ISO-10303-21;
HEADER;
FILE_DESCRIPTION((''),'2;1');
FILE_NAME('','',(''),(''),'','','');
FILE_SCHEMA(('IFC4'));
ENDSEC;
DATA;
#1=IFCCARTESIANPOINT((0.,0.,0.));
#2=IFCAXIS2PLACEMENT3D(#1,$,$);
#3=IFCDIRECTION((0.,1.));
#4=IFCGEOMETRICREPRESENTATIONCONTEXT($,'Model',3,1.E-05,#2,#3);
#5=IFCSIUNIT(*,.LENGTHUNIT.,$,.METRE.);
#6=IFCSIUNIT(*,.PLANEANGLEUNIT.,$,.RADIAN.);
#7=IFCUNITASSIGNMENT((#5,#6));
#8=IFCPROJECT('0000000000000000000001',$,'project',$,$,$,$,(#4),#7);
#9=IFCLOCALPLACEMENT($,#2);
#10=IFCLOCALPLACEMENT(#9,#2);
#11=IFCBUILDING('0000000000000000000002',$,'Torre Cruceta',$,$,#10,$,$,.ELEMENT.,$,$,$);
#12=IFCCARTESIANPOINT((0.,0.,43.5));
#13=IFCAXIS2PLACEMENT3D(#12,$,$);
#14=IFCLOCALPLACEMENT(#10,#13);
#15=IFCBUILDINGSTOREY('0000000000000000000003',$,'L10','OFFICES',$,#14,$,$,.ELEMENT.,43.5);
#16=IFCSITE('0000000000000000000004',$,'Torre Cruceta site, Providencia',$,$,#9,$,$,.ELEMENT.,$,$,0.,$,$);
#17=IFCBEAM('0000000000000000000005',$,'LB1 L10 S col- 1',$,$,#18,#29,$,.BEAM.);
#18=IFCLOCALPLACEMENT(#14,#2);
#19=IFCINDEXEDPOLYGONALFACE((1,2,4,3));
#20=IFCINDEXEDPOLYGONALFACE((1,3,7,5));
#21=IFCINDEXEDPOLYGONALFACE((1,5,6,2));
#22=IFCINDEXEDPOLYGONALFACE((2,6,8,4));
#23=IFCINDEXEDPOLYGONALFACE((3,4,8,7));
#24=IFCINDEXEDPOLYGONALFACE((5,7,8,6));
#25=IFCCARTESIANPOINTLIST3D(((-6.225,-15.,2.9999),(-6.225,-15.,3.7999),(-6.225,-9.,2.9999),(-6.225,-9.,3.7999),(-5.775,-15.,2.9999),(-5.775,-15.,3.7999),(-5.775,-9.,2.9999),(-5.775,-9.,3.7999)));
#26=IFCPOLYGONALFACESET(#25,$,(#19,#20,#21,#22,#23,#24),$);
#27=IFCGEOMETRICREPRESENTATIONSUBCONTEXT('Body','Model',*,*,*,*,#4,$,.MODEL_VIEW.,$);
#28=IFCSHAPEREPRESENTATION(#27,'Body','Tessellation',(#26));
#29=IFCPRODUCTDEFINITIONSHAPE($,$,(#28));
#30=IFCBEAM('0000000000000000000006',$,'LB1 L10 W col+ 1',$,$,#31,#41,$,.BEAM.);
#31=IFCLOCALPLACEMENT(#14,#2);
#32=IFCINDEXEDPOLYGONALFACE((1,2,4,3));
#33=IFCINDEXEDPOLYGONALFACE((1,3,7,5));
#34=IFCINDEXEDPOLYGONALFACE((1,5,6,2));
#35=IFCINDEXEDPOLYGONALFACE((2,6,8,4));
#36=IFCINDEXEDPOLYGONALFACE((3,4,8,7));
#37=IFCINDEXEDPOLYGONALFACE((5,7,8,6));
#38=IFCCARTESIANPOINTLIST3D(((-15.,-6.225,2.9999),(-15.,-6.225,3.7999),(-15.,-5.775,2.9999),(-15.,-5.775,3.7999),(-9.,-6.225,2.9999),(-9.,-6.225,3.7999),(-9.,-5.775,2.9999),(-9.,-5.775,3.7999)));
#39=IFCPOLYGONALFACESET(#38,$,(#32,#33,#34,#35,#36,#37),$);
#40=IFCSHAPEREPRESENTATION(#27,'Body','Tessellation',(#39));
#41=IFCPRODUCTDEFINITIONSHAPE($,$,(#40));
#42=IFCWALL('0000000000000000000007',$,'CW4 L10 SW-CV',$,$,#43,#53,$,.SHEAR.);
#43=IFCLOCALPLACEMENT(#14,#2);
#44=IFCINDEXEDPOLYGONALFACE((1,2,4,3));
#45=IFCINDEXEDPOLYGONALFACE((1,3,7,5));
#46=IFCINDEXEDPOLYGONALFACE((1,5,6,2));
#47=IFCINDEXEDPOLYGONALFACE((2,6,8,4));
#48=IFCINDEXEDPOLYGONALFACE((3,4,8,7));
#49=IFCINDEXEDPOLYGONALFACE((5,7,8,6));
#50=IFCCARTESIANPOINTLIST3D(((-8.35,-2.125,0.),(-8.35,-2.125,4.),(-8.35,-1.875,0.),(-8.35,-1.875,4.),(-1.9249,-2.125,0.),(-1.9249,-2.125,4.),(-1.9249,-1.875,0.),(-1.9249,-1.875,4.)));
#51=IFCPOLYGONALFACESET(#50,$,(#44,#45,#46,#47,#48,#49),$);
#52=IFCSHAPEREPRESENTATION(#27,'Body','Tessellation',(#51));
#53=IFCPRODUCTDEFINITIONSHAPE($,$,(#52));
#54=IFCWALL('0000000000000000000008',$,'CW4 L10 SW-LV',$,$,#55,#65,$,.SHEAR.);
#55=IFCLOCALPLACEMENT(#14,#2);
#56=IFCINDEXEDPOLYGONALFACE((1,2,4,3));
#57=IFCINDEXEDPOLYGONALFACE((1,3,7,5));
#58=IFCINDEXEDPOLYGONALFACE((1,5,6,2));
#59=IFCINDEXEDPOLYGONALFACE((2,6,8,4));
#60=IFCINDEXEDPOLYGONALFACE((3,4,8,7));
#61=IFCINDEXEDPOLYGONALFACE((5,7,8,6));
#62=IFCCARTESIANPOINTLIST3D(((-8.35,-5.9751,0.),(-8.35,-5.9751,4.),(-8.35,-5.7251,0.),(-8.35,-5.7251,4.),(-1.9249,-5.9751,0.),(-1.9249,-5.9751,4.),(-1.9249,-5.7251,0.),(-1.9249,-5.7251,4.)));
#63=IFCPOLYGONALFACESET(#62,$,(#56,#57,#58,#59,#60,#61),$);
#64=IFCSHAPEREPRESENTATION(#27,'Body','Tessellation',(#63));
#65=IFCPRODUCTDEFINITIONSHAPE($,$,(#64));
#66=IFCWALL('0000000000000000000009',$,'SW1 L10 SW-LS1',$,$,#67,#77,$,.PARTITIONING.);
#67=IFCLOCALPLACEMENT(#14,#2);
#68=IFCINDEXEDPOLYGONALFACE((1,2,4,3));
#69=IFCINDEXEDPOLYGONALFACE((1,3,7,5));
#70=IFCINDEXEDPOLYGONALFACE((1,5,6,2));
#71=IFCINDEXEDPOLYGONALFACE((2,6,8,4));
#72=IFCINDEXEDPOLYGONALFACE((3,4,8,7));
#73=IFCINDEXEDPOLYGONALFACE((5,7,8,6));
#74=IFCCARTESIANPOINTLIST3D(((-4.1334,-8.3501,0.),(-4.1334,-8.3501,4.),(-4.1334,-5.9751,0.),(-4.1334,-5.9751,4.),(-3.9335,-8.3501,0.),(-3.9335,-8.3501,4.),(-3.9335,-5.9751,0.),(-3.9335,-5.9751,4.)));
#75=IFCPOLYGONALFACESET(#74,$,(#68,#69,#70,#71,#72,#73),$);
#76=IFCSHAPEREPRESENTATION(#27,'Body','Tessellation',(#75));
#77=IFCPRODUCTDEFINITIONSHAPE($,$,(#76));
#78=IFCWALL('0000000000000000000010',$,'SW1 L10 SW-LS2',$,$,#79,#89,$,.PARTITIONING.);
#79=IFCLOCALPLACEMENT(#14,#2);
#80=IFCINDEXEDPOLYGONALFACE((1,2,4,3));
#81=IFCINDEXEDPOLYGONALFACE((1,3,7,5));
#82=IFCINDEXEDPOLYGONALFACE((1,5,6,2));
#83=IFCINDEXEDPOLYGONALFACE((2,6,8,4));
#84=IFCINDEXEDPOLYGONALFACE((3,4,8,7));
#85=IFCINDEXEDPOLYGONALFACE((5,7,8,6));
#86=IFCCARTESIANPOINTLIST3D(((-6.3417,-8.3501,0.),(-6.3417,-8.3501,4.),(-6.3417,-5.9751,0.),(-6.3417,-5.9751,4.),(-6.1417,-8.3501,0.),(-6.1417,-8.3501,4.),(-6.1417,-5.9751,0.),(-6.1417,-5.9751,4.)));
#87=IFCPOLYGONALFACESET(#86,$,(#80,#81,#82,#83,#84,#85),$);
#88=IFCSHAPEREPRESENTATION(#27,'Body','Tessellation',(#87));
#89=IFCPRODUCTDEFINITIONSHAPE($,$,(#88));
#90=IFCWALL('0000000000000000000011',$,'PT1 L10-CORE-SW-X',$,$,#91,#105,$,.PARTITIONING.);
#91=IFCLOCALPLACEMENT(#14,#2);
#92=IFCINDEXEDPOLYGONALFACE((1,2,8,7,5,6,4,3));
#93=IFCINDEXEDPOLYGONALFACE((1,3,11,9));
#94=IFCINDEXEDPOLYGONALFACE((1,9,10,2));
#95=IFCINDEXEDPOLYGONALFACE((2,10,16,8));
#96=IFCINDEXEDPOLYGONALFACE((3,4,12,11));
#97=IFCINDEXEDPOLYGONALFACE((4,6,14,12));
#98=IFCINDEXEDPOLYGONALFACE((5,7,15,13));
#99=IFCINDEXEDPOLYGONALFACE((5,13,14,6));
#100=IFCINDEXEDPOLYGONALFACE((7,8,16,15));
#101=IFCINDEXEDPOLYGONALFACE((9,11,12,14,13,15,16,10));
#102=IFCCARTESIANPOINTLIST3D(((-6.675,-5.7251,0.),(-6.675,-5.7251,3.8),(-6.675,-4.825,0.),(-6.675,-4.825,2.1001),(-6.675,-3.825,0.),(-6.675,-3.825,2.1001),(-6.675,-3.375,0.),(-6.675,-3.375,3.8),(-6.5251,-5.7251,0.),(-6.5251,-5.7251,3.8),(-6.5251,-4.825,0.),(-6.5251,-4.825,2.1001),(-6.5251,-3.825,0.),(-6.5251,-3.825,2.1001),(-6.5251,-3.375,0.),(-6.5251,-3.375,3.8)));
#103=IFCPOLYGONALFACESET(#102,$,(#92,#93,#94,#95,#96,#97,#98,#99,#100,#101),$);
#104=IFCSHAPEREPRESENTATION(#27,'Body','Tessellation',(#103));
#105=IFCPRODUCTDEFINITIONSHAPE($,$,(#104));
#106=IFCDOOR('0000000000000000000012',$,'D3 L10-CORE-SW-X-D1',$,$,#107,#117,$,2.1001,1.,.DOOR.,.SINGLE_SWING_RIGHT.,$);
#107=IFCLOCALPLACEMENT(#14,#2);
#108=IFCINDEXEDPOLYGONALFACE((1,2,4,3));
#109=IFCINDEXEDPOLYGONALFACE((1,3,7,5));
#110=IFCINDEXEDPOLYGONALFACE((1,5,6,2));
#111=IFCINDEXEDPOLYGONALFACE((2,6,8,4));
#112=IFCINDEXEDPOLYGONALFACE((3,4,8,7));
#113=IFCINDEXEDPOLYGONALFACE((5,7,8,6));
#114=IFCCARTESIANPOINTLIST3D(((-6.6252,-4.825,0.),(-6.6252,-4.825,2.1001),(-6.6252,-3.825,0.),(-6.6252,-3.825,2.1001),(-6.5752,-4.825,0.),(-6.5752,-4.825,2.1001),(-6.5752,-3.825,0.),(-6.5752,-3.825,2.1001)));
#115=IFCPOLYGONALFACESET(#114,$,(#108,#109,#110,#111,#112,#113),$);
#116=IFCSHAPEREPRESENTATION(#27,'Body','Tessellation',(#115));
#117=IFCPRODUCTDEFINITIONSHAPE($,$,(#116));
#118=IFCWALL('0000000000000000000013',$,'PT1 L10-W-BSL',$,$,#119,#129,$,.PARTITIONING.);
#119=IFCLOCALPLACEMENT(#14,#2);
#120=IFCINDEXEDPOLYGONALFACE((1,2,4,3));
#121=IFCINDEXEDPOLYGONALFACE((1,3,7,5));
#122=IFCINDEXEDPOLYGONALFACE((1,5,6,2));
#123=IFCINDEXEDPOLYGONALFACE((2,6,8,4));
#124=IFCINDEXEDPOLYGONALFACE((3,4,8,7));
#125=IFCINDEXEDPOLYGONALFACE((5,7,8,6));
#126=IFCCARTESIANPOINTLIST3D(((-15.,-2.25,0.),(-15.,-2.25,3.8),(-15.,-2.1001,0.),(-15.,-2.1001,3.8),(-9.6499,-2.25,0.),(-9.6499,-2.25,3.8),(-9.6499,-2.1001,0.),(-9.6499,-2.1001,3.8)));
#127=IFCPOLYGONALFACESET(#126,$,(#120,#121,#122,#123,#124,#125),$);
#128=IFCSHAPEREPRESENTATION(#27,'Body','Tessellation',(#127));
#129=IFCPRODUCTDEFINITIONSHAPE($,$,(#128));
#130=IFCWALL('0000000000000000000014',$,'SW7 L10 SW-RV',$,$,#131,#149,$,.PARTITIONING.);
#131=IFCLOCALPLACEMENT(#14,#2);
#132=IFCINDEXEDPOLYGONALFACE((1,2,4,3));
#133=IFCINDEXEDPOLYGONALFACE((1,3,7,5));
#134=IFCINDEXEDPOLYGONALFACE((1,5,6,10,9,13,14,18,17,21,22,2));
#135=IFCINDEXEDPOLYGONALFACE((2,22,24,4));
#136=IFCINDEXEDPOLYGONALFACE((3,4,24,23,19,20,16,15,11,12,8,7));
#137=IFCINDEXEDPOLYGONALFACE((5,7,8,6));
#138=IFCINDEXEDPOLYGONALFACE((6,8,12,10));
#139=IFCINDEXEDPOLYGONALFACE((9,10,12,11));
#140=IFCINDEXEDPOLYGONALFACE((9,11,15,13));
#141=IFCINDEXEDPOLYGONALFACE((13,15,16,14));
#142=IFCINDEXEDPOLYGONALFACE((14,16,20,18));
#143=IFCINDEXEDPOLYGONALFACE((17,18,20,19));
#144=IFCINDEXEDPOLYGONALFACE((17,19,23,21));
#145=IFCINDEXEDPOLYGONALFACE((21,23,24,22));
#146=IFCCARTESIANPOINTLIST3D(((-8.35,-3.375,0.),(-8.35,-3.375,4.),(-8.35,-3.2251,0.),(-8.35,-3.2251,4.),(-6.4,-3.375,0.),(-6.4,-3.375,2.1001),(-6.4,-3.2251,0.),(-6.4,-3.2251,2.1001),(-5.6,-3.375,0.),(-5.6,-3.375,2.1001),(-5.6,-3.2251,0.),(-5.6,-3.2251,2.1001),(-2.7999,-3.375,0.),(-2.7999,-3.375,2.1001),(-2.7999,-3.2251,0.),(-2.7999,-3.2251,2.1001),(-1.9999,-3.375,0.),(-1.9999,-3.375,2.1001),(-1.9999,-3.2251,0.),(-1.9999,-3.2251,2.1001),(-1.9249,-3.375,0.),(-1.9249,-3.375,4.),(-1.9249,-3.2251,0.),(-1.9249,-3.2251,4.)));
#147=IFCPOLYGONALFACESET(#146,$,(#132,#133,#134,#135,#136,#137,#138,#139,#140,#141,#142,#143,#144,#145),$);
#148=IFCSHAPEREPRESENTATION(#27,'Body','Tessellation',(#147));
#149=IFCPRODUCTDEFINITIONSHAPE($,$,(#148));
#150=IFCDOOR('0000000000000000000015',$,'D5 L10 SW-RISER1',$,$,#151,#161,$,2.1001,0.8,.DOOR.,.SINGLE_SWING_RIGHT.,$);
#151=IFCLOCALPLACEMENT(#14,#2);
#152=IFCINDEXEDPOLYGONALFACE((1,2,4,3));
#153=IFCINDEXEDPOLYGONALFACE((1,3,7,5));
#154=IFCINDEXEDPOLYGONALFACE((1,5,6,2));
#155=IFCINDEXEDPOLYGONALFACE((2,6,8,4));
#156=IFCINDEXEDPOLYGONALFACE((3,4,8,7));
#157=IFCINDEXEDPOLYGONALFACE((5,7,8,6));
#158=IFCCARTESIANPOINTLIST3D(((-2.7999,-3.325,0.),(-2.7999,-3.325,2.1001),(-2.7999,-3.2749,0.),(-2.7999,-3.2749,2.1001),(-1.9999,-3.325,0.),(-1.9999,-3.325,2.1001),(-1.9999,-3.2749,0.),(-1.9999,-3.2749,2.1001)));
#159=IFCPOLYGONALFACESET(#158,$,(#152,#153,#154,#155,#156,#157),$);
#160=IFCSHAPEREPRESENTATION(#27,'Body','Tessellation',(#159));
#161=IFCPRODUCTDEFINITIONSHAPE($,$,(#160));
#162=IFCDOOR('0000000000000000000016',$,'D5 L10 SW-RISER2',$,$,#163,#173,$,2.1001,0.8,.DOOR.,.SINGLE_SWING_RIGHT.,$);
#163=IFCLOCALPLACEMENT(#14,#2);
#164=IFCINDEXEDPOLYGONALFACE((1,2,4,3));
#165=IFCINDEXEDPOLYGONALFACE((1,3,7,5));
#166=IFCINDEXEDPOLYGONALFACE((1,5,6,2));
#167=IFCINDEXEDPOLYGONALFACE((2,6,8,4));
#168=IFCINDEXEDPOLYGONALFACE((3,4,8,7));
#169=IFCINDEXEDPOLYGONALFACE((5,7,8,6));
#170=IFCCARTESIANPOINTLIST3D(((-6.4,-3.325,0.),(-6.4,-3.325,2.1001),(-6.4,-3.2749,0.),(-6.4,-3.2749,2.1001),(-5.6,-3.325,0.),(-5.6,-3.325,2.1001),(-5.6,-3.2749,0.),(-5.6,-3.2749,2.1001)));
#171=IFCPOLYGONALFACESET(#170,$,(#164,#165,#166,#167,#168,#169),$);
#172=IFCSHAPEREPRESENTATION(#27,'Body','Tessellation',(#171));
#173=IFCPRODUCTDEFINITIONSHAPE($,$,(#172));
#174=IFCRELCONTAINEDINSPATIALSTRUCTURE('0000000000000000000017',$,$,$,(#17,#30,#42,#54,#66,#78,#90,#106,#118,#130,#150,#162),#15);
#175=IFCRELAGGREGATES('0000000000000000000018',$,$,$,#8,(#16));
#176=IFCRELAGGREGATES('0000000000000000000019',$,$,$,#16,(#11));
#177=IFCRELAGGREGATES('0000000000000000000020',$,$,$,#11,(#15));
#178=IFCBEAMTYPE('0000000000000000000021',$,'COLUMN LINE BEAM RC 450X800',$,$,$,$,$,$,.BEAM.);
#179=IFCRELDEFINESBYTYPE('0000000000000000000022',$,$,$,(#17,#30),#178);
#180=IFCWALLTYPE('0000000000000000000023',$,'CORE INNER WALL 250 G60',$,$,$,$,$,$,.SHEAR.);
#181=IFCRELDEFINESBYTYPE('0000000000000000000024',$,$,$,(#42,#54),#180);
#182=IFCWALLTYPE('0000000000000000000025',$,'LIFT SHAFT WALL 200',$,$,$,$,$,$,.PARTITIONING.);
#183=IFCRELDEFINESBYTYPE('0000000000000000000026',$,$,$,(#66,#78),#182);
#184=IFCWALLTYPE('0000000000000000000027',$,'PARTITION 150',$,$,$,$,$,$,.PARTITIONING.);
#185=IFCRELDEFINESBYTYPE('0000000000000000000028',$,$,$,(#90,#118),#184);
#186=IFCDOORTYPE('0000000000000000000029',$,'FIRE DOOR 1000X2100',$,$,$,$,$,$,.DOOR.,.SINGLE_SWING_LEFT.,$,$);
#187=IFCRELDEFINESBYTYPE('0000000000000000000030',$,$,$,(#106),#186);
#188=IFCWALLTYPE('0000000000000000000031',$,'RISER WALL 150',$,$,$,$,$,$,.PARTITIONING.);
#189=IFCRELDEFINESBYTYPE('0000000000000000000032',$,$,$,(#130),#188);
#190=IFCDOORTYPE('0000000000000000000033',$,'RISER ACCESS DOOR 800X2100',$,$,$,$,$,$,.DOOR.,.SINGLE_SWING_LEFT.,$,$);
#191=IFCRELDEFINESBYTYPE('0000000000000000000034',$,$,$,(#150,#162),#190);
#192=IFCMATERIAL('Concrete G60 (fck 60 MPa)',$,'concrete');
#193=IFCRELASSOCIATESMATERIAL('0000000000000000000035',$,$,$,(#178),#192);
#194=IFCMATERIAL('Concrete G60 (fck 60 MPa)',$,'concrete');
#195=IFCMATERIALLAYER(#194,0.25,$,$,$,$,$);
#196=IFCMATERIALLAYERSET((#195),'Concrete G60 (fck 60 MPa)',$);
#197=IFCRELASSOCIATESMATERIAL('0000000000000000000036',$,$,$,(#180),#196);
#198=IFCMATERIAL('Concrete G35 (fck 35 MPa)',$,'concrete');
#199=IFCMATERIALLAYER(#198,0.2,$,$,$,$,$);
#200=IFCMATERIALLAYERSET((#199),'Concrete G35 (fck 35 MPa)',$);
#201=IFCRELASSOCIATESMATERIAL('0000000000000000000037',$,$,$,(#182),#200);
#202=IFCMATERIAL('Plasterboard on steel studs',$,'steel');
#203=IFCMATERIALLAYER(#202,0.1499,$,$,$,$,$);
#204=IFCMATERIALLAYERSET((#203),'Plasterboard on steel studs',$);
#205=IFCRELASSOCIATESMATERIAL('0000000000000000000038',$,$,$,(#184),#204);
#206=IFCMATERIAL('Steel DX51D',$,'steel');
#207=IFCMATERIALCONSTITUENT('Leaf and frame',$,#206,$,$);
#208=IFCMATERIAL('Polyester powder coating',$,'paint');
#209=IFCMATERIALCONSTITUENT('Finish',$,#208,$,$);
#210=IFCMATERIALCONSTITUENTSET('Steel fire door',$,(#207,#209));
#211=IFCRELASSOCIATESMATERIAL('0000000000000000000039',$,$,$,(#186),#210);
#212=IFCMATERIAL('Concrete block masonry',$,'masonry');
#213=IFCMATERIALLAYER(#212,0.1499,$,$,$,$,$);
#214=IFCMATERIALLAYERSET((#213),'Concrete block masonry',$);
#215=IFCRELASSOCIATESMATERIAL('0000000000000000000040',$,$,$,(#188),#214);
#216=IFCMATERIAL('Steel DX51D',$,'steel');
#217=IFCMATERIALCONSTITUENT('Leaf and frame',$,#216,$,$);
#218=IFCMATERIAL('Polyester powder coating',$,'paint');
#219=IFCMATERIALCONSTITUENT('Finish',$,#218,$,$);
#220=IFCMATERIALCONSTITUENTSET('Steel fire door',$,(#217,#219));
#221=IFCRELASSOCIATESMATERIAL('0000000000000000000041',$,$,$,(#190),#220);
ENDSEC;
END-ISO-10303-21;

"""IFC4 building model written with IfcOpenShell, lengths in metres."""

from ifc_helpers import new_model, si_unit, direction, frame, frame_2d, origin, origin_2d, place, context, subcontext, project, spatial, rectangle, extrude, material, layer, layer_set, constituent, constituent_set, material_profile, profile_set, type_object, element, fill, save


model = new_model("IFC4")

# Units and contexts
model_context = context("Model", 3, precision=1e-05, world=origin(), true_north=direction((0.0, 1.0)))
body_context = subcontext(model_context, "Body", "Model", "MODEL_VIEW")
ifc_project = project(units=[si_unit("LENGTHUNIT", "METRE"), si_unit("PLANEANGLEUNIT", "RADIAN")], contexts=[model_context])

# Site, building, storey
site_placement = place(None, origin())
site = spatial("IfcSite", under=ifc_project, at=site_placement, Name="Torre Cruceta site, Providencia", CompositionType="ELEMENT", RefElevation=0.0)
building_placement = place(site_placement, origin())
building = spatial("IfcBuilding", under=site, at=building_placement, Name="Torre Cruceta", CompositionType="ELEMENT")
storey_placement = place(building_placement, frame((0.0, 0.0, 43.5)))
storey = spatial("IfcBuildingStorey", under=building, at=storey_placement, Name="L10", Description="OFFICES", CompositionType="ELEMENT", Elevation=43.5)

# Beams
ifc_material_1 = material(Name="Concrete G60 (fck 60 MPa)", Category="concrete")
ifc_material_profile = material_profile(ifc_material_1, rectangle(XDim=0.45, YDim=0.8, at=origin_2d()), Name="RC 450X800")
ifc_profile_set = profile_set([ifc_material_profile], Name="Concrete G60 (fck 60 MPa)")
beam_type = type_object("IfcBeamType", Name="COLUMN LINE BEAM RC 450X800", PredefinedType="BEAM", material=ifc_profile_set)
for number, where, z_axis, x_axis, name in (
    (1, (-6.0, -9.0, 3.3999), (0.0, -1.0, 0.0), (1.0, 0.0, 0.0), "LB1 L10 S col- 1"),
    (2, (-9.0, -6.0, 3.3999), (-1.0, 0.0, 0.0), (0.0, -1.0, 0.0), "LB1 L10 W col+ 1"),
):
    element("IfcBeam", number, at=place(storey_placement, frame(where, z_axis=z_axis, x_axis=x_axis)), inside=storey, type_object=beam_type, Name=name, PredefinedType="BEAM", context=body_context, shape_type="SweptSolid", body=[
        extrude(rectangle(XDim=0.45, YDim=0.8, at=origin_2d()), origin(), (0.0, 0.0, 1.0), 6.0),
    ])

# Shared definitions
ifc_material_2 = material(Name="Concrete G60 (fck 60 MPa)", Category="concrete")
ifc_layer_1 = layer(ifc_material_2, 0.25)
ifc_layer_set_1 = layer_set([ifc_layer_1], Name="Concrete G60 (fck 60 MPa)")
wall_type_1 = type_object("IfcWallType", Name="CORE INNER WALL 250 G60", PredefinedType="SHEAR", material=ifc_layer_set_1)

# Walls
for number, where, z_axis, x_axis, name in (
    (3, (-1.925, -2.0, 0.0), (0.0, 0.0, 1.0), (-1.0, 0.0, 0.0), "CW4 L10 SW-CV"),
    (4, (-1.925, -5.8501, 0.0), (0.0, 0.0, 1.0), (-1.0, 0.0, 0.0), "CW4 L10 SW-LV"),
):
    element("IfcWall", number, at=place(storey_placement, frame(where, z_axis=z_axis, x_axis=x_axis)), inside=storey, type_object=wall_type_1, Name=name, PredefinedType="SHEAR", context=body_context, shape_type="SweptSolid", body=[
        extrude(rectangle(XDim=6.425, YDim=0.25, at=frame_2d((3.2124, 0.0))), origin(), (0.0, 0.0, 1.0), 4.0),
    ])
ifc_material_3 = material(Name="Concrete G35 (fck 35 MPa)", Category="concrete")
ifc_layer_2 = layer(ifc_material_3, 0.2)
ifc_layer_set_2 = layer_set([ifc_layer_2], Name="Concrete G35 (fck 35 MPa)")
wall_type_2 = type_object("IfcWallType", Name="LIFT SHAFT WALL 200", PredefinedType="PARTITIONING", material=ifc_layer_set_2)
for number, where, z_axis, x_axis, name in (
    (5, (-4.0334, -5.9751, 0.0), (0.0, 0.0, 1.0), (0.0, -1.0, 0.0), "SW1 L10 SW-LS1"),
    (6, (-6.2417, -5.9751, 0.0), (0.0, 0.0, 1.0), (0.0, -1.0, 0.0), "SW1 L10 SW-LS2"),
):
    element("IfcWall", number, at=place(storey_placement, frame(where, z_axis=z_axis, x_axis=x_axis)), inside=storey, type_object=wall_type_2, Name=name, PredefinedType="PARTITIONING", context=body_context, shape_type="SweptSolid", body=[
        extrude(rectangle(XDim=2.375, YDim=0.2, at=frame_2d((1.1875, 0.0))), origin(), (0.0, 0.0, 1.0), 4.0),
    ])

# Wall, opening, door
ifc_material_4 = material(Name="Plasterboard on steel studs", Category="steel")
ifc_layer_3 = layer(ifc_material_4, 0.1499)
ifc_layer_set_3 = layer_set([ifc_layer_3], Name="Plasterboard on steel studs")
wall_type_3 = type_object("IfcWallType", Name="PARTITION 150", PredefinedType="PARTITIONING", material=ifc_layer_set_3)
wall_1_placement = place(storey_placement, frame((-6.6001, -3.375, 0.0), z_axis=(0.0, 0.0, 1.0), x_axis=(0.0, -1.0, 0.0)))
wall_1 = element("IfcWall", 7, at=wall_1_placement, inside=storey, type_object=wall_type_3, Name="PT1 L10-CORE-SW-X", PredefinedType="PARTITIONING", context=body_context, shape_type="SweptSolid", body=[
    extrude(rectangle(XDim=2.3501, YDim=0.1499, at=frame_2d((1.175, 0.0))), origin(), (0.0, 0.0, 1.0), 3.8),
])
opening_1_placement = place(wall_1_placement, frame((0.45, 0.0, 0.0)))
opening_1 = element("IfcOpeningElement", 8, at=opening_1_placement, cuts=wall_1, PredefinedType="OPENING", context=body_context, shape_type="SweptSolid", body=[
    extrude(rectangle(XDim=1.0, YDim=2.1001, at=frame_2d((0.5, 1.05))), frame((0.0, 0.085, 0.0), z_axis=(0.0, -1.0, 0.0), x_axis=(1.0, 0.0, 0.0)), (0.0, 0.0, 1.0), 0.1699),
])
ifc_material_5 = material(Name="Steel DX51D", Category="steel")
ifc_constituent_1 = constituent(ifc_material_5, Name="Leaf and frame")
ifc_material_6 = material(Name="Polyester powder coating", Category="paint")
ifc_constituent_2 = constituent(ifc_material_6, Name="Finish")
ifc_constituent_set_1 = constituent_set(constituents=[ifc_constituent_1, ifc_constituent_2], Name="Steel fire door")
door_type_1 = type_object("IfcDoorType", Name="FIRE DOOR 1000X2100", OperationType="SINGLE_SWING_LEFT", PredefinedType="DOOR", material=ifc_constituent_set_1)
door_1_placement = place(opening_1_placement, frame((1.0, 0.0, 0.0), z_axis=(0.0, 0.0, 1.0), x_axis=(-1.0, 0.0, 0.0)))
door_1 = element("IfcDoor", 9, at=door_1_placement, inside=storey, type_object=door_type_1, Name="D3 L10-CORE-SW-X-D1", OperationType="SINGLE_SWING_RIGHT", OverallHeight=2.1001, OverallWidth=1.0, PredefinedType="DOOR", context=body_context, shape_type="SweptSolid", body=[
    extrude(rectangle(XDim=1.0, YDim=2.1001, at=frame_2d((0.5, 1.05))), frame((0.0, 0.0251, 0.0), z_axis=(0.0, -1.0, 0.0), x_axis=(1.0, 0.0, 0.0)), (0.0, 0.0, 1.0), 0.05),
])
fill(opening_1, door_1)

# Wall
wall_2_placement = place(storey_placement, frame((-9.6499, -2.175, 0.0), z_axis=(0.0, 0.0, 1.0), x_axis=(-1.0, 0.0, 0.0)))
element("IfcWall", 10, at=wall_2_placement, inside=storey, type_object=wall_type_3, Name="PT1 L10-W-BSL", PredefinedType="PARTITIONING", context=body_context, shape_type="SweptSolid", body=[
    extrude(rectangle(XDim=5.3501, YDim=0.1499, at=frame_2d((2.675, 0.0))), origin(), (0.0, 0.0, 1.0), 3.8),
])

# Wall, openings, doors
ifc_material_7 = material(Name="Concrete block masonry", Category="masonry")
ifc_layer_4 = layer(ifc_material_7, 0.1499)
ifc_layer_set_4 = layer_set([ifc_layer_4], Name="Concrete block masonry")
wall_type_4 = type_object("IfcWallType", Name="RISER WALL 150", PredefinedType="PARTITIONING", material=ifc_layer_set_4)
wall_3_placement = place(storey_placement, frame((-1.925, -3.3, 0.0), z_axis=(0.0, 0.0, 1.0), x_axis=(-1.0, 0.0, 0.0)))
wall_3 = element("IfcWall", 11, at=wall_3_placement, inside=storey, type_object=wall_type_4, Name="SW7 L10 SW-RV", PredefinedType="PARTITIONING", context=body_context, shape_type="SweptSolid", body=[
    extrude(rectangle(XDim=6.425, YDim=0.1499, at=frame_2d((3.2124, 0.0))), origin(), (0.0, 0.0, 1.0), 4.0),
])
opening_2_placement = place(wall_3_placement, frame((0.075, 0.0, 0.0)))
opening_2 = element("IfcOpeningElement", 12, at=opening_2_placement, cuts=wall_3, PredefinedType="OPENING", context=body_context, shape_type="SweptSolid", body=[
    extrude(rectangle(XDim=0.8, YDim=2.1001, at=frame_2d((0.3999, 1.05))), frame((0.0, 0.085, 0.0), z_axis=(0.0, -1.0, 0.0), x_axis=(1.0, 0.0, 0.0)), (0.0, 0.0, 1.0), 0.1699),
])
opening_3_placement = place(wall_3_placement, frame((3.675, 0.0, 0.0)))
opening_3 = element("IfcOpeningElement", 13, at=opening_3_placement, cuts=wall_3, PredefinedType="OPENING", context=body_context, shape_type="SweptSolid", body=[
    extrude(rectangle(XDim=0.8, YDim=2.1001, at=frame_2d((0.3999, 1.05))), frame((0.0, 0.085, 0.0), z_axis=(0.0, -1.0, 0.0), x_axis=(1.0, 0.0, 0.0)), (0.0, 0.0, 1.0), 0.1699),
])
ifc_material_8 = material(Name="Steel DX51D", Category="steel")
ifc_constituent_3 = constituent(ifc_material_8, Name="Leaf and frame")
ifc_material_9 = material(Name="Polyester powder coating", Category="paint")
ifc_constituent_4 = constituent(ifc_material_9, Name="Finish")
ifc_constituent_set_2 = constituent_set(constituents=[ifc_constituent_3, ifc_constituent_4], Name="Steel fire door")
door_type_2 = type_object("IfcDoorType", Name="RISER ACCESS DOOR 800X2100", OperationType="SINGLE_SWING_LEFT", PredefinedType="DOOR", material=ifc_constituent_set_2)
door_2_placement = place(opening_2_placement, frame((0.8, 0.0, 0.0), z_axis=(0.0, 0.0, 1.0), x_axis=(-1.0, 0.0, 0.0)))
door_2 = element("IfcDoor", 14, at=door_2_placement, inside=storey, type_object=door_type_2, Name="D5 L10 SW-RISER1", OperationType="SINGLE_SWING_RIGHT", OverallHeight=2.1001, OverallWidth=0.8, PredefinedType="DOOR", context=body_context, shape_type="SweptSolid", body=[
    extrude(rectangle(XDim=0.8, YDim=2.1001, at=frame_2d((0.4001, 1.05))), frame((0.0, 0.0251, 0.0), z_axis=(0.0, -1.0, 0.0), x_axis=(1.0, 0.0, 0.0)), (0.0, 0.0, 1.0), 0.05),
])
fill(opening_2, door_2)
door_3_placement = place(opening_3_placement, frame((0.8, 0.0, 0.0), z_axis=(0.0, 0.0, 1.0), x_axis=(-1.0, 0.0, 0.0)))
door_3 = element("IfcDoor", 15, at=door_3_placement, inside=storey, type_object=door_type_2, Name="D5 L10 SW-RISER2", OperationType="SINGLE_SWING_RIGHT", OverallHeight=2.1001, OverallWidth=0.8, PredefinedType="DOOR", context=body_context, shape_type="SweptSolid", body=[
    extrude(rectangle(XDim=0.8, YDim=2.1001, at=frame_2d((0.4001, 1.05))), frame((0.0, 0.0251, 0.0), z_axis=(0.0, -1.0, 0.0), x_axis=(1.0, 0.0, 0.0)), (0.0, 0.0, 1.0), 0.05),
])
fill(opening_3, door_3)

save(model, "model.ifc")
